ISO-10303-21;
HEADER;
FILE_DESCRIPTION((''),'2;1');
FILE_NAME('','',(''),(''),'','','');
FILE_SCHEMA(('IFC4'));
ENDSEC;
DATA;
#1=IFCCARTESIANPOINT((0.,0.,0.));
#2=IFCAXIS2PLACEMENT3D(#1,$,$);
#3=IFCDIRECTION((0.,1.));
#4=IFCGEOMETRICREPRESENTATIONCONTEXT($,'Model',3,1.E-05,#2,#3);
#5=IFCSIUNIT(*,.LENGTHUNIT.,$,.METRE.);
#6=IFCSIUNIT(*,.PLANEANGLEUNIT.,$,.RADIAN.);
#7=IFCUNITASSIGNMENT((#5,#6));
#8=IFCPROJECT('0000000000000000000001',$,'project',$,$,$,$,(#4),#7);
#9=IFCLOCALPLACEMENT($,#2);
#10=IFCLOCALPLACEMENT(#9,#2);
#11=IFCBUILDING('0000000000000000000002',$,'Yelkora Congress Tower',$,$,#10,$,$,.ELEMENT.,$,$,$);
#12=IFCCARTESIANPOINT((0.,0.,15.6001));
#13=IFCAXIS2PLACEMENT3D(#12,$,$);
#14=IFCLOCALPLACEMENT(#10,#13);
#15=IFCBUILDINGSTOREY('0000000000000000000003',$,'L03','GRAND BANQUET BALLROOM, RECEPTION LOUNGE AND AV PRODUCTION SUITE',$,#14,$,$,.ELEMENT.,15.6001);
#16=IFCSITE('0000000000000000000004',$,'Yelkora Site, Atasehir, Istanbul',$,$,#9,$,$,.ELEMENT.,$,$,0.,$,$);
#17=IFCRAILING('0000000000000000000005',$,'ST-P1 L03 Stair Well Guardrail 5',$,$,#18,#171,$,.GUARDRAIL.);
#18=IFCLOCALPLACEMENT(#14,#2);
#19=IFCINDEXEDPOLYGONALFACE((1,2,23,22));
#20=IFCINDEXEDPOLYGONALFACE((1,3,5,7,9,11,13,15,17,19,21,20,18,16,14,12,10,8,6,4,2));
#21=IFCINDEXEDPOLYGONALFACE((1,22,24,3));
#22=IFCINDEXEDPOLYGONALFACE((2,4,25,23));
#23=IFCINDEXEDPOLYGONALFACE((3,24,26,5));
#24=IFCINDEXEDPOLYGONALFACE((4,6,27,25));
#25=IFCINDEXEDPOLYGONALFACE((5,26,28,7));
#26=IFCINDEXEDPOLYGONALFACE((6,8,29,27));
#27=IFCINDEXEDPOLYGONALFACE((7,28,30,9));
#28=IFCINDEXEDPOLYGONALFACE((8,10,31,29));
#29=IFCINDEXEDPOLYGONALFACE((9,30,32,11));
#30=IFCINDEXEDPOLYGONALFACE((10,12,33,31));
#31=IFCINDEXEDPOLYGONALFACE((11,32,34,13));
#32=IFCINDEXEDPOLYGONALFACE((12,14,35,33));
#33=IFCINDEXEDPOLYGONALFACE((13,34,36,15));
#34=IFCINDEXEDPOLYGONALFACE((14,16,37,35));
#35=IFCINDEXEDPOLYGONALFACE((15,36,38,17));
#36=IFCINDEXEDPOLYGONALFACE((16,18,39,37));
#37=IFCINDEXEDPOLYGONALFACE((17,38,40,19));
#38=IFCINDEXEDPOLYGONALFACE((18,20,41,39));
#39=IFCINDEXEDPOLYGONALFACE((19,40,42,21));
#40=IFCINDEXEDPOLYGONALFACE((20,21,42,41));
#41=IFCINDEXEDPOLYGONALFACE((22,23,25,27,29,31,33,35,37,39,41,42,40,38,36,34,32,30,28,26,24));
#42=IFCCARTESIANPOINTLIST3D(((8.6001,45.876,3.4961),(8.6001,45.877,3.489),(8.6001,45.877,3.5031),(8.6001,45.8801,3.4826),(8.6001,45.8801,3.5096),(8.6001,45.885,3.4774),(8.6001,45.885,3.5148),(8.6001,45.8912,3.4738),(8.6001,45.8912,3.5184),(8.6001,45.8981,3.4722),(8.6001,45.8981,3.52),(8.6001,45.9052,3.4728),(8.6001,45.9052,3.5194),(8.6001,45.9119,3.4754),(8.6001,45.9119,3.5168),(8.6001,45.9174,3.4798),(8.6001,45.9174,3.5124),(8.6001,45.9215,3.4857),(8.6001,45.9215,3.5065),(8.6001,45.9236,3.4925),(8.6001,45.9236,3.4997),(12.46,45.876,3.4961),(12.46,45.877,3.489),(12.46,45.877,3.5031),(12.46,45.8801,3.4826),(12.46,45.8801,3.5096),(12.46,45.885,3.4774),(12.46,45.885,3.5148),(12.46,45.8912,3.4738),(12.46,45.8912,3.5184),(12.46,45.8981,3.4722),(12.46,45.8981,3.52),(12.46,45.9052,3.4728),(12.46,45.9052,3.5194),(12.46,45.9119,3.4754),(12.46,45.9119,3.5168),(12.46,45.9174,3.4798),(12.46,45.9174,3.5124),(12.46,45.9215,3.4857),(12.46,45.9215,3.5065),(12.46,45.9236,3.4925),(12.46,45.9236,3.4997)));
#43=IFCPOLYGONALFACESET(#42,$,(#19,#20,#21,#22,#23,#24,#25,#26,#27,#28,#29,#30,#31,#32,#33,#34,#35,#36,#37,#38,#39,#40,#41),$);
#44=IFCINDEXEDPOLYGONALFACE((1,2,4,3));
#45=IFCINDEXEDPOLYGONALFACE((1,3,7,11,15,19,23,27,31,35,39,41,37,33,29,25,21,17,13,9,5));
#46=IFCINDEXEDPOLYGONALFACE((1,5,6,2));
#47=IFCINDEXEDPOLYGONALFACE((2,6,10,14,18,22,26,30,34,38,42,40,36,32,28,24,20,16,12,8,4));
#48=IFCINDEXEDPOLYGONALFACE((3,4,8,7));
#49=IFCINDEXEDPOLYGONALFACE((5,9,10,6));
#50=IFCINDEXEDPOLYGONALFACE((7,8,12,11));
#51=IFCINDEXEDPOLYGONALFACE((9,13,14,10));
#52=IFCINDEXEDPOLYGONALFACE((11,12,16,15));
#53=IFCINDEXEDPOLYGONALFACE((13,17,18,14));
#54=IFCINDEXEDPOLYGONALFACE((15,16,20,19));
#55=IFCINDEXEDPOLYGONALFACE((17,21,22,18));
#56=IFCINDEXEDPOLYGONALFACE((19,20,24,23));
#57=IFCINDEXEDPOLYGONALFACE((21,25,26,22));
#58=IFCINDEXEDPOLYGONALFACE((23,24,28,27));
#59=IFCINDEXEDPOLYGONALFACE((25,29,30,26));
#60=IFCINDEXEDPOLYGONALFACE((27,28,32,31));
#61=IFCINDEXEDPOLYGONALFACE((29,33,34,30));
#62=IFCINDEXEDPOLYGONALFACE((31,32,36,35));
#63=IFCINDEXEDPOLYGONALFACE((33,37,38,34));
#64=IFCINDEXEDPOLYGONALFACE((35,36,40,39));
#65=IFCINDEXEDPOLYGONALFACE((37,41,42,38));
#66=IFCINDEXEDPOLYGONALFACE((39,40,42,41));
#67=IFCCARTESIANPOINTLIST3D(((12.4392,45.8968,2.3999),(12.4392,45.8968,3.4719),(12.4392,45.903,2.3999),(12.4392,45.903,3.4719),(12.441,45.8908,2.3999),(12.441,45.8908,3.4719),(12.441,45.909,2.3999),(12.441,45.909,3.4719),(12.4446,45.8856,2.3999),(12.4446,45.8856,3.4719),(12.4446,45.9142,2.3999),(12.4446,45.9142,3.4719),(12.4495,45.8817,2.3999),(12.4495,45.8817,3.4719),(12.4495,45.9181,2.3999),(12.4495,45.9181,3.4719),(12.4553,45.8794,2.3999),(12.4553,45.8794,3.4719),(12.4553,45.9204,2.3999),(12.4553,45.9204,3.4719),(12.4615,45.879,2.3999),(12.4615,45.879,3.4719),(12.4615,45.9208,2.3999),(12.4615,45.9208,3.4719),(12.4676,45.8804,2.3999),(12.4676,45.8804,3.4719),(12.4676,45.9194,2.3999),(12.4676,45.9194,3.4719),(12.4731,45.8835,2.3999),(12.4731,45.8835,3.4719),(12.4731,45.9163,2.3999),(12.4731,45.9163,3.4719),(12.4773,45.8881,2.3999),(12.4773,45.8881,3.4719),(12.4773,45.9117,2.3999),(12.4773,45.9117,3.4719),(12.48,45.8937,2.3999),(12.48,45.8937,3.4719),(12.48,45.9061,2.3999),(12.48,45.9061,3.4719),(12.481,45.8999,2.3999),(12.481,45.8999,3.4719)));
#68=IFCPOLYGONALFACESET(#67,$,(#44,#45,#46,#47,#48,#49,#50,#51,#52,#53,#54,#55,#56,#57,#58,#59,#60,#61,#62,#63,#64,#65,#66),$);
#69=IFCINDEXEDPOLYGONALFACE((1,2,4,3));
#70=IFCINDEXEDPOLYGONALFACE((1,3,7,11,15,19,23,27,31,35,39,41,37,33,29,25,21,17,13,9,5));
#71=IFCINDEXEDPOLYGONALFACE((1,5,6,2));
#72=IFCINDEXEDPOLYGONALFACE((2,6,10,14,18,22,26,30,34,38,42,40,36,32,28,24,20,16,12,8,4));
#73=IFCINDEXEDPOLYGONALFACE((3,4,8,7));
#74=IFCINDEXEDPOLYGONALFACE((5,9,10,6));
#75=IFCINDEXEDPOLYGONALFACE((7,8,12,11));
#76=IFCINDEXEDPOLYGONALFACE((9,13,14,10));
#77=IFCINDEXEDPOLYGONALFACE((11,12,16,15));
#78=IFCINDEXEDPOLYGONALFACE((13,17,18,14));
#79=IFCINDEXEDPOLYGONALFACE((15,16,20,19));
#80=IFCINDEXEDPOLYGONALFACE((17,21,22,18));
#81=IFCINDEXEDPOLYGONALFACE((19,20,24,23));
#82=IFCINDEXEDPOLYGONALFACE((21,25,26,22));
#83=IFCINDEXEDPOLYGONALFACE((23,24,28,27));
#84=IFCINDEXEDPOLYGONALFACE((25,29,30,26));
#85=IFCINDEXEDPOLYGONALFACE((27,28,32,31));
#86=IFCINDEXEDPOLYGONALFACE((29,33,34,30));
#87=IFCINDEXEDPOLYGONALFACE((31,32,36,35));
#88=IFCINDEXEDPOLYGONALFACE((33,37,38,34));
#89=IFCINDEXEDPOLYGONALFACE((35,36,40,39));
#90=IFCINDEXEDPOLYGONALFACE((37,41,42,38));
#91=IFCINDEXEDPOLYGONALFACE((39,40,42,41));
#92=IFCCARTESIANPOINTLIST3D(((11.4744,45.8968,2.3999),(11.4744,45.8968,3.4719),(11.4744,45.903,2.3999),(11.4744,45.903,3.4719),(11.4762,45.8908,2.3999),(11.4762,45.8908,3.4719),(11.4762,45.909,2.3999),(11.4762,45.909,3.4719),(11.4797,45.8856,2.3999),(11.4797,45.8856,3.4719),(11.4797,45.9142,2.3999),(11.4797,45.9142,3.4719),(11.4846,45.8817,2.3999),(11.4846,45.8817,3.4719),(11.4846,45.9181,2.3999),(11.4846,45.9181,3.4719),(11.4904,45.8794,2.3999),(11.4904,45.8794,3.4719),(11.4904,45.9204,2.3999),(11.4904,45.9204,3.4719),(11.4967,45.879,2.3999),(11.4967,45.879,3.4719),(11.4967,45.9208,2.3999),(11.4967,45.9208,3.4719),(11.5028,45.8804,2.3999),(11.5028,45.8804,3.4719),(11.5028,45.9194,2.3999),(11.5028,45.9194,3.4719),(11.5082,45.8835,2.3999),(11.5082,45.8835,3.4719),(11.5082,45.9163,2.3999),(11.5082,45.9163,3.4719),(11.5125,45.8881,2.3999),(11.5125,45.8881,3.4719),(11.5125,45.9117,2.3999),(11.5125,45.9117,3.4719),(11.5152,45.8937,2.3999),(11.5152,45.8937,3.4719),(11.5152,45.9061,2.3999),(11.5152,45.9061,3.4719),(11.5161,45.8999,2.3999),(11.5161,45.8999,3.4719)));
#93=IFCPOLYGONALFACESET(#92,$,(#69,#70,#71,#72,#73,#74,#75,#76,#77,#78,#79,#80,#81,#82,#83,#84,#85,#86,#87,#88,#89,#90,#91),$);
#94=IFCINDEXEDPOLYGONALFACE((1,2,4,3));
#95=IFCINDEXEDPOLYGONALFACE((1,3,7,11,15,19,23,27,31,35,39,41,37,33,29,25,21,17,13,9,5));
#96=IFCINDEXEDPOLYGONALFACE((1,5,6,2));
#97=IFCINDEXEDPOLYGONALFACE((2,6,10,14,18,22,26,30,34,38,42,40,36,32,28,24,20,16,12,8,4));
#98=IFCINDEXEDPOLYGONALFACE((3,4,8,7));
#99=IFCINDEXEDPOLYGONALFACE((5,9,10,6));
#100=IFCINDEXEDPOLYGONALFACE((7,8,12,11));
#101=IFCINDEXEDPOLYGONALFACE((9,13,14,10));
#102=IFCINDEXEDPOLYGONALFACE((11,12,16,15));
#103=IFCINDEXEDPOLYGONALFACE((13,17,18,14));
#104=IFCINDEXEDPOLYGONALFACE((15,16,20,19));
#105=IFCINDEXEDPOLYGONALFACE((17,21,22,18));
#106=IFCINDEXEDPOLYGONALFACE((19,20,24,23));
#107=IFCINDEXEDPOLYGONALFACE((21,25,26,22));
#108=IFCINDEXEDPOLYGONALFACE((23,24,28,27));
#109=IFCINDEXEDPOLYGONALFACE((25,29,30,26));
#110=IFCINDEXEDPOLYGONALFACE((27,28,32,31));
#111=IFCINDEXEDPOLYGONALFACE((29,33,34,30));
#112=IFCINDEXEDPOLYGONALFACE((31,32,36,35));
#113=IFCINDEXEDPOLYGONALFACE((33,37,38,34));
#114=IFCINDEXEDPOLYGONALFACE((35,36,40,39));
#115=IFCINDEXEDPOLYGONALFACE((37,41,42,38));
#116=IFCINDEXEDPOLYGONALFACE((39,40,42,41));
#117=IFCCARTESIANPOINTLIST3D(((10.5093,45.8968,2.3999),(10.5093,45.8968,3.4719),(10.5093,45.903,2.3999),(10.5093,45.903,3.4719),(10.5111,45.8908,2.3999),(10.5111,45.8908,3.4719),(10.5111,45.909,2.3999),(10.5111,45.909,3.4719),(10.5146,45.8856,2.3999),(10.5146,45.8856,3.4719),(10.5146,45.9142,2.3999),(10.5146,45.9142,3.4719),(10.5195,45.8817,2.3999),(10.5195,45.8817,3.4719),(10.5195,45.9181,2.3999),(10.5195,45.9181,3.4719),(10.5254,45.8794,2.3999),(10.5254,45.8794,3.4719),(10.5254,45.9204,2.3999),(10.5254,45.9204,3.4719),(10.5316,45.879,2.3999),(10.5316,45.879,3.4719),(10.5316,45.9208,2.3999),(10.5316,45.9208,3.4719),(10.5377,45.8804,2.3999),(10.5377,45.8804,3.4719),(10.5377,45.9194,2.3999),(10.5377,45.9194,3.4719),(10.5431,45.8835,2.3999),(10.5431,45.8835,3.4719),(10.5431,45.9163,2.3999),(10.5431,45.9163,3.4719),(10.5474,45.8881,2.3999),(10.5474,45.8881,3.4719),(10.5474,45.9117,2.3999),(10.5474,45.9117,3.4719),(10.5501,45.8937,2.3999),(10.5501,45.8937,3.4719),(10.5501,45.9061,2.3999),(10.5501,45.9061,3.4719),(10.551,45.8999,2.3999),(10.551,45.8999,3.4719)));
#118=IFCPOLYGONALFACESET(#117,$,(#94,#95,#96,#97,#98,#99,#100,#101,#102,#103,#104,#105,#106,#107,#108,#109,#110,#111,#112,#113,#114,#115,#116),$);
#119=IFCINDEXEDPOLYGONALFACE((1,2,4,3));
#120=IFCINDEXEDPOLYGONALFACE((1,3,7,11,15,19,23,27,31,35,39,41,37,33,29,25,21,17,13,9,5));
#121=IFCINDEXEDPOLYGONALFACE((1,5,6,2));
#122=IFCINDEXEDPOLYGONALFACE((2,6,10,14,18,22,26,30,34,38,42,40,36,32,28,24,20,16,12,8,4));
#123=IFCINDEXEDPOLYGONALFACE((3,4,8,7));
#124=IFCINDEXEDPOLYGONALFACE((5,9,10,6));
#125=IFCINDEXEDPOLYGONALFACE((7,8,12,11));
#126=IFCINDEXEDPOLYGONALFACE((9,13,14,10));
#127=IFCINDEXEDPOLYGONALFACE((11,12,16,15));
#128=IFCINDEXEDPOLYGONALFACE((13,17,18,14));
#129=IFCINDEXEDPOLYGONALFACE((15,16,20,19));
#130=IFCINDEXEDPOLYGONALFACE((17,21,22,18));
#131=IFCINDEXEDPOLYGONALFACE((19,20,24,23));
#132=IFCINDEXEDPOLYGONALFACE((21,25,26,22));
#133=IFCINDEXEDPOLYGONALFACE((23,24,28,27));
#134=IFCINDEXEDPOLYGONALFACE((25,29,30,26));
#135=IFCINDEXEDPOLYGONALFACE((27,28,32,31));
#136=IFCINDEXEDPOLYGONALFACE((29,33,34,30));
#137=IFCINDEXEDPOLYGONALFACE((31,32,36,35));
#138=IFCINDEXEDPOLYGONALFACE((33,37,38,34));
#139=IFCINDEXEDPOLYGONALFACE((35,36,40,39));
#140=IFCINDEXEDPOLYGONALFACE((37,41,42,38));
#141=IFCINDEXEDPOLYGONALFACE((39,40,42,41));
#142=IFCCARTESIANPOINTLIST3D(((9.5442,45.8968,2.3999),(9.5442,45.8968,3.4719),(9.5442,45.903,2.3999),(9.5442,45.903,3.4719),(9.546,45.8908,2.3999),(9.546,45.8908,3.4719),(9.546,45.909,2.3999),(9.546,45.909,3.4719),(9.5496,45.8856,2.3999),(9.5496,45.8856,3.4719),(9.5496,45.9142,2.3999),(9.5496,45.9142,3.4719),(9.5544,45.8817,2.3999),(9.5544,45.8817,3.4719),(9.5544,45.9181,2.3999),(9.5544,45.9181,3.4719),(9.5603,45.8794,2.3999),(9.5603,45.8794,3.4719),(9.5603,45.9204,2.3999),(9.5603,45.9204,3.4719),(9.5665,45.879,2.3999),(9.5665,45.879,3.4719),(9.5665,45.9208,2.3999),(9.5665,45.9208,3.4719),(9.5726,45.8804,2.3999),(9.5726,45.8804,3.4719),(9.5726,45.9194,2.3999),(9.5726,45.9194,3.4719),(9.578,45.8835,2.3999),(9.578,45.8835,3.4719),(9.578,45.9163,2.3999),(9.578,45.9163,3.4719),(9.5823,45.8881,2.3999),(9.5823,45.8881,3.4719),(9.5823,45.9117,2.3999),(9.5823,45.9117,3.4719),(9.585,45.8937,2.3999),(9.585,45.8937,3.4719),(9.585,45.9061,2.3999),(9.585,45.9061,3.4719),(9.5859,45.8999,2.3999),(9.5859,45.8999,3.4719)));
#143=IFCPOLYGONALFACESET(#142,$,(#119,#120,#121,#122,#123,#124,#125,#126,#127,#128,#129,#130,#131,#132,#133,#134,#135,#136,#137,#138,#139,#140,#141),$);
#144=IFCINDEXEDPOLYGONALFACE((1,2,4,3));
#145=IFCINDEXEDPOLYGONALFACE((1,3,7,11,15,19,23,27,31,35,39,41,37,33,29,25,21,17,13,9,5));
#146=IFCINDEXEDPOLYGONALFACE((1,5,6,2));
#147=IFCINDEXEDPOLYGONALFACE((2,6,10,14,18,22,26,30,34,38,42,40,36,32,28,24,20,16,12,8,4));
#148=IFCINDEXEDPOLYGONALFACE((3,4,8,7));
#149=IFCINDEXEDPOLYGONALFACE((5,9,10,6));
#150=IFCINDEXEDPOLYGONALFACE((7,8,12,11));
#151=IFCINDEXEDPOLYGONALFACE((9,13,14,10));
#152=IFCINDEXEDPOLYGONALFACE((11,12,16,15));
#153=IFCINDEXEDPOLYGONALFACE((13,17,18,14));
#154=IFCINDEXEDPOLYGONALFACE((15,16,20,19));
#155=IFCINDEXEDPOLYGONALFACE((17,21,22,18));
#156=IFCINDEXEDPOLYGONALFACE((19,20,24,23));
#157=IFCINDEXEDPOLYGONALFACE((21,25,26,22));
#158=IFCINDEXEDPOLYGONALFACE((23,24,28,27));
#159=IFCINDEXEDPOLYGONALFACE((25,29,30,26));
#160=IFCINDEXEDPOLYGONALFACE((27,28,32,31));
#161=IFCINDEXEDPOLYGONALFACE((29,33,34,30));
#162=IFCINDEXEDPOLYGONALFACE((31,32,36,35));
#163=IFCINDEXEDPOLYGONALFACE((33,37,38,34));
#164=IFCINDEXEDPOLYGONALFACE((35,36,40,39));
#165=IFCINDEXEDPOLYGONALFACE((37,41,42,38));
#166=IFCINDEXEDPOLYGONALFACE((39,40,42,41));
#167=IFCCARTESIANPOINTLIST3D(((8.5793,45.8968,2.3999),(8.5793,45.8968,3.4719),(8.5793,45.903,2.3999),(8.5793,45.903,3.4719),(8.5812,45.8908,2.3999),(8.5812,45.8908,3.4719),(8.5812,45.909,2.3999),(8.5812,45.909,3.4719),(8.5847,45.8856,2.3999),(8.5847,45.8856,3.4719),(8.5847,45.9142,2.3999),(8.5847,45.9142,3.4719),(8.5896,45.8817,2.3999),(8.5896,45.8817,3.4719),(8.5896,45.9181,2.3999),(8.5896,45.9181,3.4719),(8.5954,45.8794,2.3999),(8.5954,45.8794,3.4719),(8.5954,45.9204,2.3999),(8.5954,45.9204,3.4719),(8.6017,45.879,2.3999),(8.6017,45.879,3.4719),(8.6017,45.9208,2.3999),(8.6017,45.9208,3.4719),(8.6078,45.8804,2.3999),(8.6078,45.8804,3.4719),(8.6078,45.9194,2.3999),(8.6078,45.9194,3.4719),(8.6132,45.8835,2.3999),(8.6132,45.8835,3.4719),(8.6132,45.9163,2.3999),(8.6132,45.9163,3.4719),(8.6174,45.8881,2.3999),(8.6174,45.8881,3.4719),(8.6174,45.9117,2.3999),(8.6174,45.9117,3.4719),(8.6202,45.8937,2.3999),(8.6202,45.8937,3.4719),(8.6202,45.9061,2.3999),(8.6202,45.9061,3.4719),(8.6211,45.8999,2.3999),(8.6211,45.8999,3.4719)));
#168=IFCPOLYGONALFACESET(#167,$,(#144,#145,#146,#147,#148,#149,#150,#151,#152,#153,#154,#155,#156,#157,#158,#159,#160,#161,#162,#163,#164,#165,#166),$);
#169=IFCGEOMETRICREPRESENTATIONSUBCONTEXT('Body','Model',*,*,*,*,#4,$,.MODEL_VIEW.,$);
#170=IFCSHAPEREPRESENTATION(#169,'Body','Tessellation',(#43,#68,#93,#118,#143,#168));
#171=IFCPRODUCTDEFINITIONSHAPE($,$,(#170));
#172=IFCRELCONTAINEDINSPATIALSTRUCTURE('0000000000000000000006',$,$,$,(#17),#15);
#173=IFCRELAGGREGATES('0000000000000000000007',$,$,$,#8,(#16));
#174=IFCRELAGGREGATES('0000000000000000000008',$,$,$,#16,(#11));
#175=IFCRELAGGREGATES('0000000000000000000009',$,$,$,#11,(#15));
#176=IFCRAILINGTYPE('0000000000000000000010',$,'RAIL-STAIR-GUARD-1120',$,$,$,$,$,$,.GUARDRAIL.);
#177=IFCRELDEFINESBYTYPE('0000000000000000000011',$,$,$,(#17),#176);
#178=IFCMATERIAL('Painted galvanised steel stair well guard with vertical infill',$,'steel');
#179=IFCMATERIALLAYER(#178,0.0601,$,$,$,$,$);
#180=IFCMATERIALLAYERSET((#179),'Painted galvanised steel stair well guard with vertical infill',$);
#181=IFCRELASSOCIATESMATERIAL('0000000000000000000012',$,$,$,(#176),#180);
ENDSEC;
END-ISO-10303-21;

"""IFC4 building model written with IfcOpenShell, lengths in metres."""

from ifc_helpers import new_model, si_unit, direction, frame, origin, origin_2d, place, context, subcontext, project, spatial, circle, extrude, material, layer, layer_set, type_object, element, save


model = new_model("IFC4")

# Units and contexts
model_context = context("Model", 3, precision=1e-05, world=origin(), true_north=direction((0.0, 1.0)))
body_context = subcontext(model_context, "Body", "Model", "MODEL_VIEW")
ifc_project = project(units=[si_unit("LENGTHUNIT", "METRE"), si_unit("PLANEANGLEUNIT", "RADIAN")], contexts=[model_context])

# Site, building, storey
site_placement = place(None, origin())
site = spatial("IfcSite", under=ifc_project, at=site_placement, Name="Yelkora Site, Atasehir, Istanbul", CompositionType="ELEMENT", RefElevation=0.0)
building_placement = place(site_placement, origin())
building = spatial("IfcBuilding", under=site, at=building_placement, Name="Yelkora Congress Tower", CompositionType="ELEMENT")
storey_placement = place(building_placement, frame((0.0, 0.0, 15.6001)))
storey = spatial("IfcBuildingStorey", under=building, at=storey_placement, Name="L03", Description="GRAND BANQUET BALLROOM, RECEPTION LOUNGE AND AV PRODUCTION SUITE", CompositionType="ELEMENT", Elevation=15.6001)

# Railing
ifc_material_1 = material(Name="Painted galvanised steel stair well guard with vertical infill", Category="steel")
ifc_layer_1 = layer(ifc_material_1, 0.0601)
ifc_layer_set_1 = layer_set([ifc_layer_1], Name="Painted galvanised steel stair well guard with vertical infill")
railing_type_1 = type_object("IfcRailingType", Name="RAIL-STAIR-GUARD-1120", PredefinedType="GUARDRAIL", material=ifc_layer_set_1)
railing_1_placement = place(storey_placement, frame((12.46, 45.8999, 2.3999)))
element("IfcRailing", 1, at=railing_1_placement, inside=storey, type_object=railing_type_1, Name="ST-P1 L03 Stair Well Guardrail 5", PredefinedType="GUARDRAIL", context=body_context, shape_type="SweptSolid", body=[
    extrude(circle(Radius=0.0239, at=origin_2d()), frame((0.0, 0.0, 1.0962), z_axis=(-1.0, 0.0, 0.0), x_axis=(0.0, -1.0, 0.0)), (0.0, 0.0, 1.0), 3.8599),
    extrude(circle(Radius=0.021, at=origin_2d()), origin(), (0.0, 0.0, 1.0), 1.072),
    extrude(circle(Radius=0.021, at=origin_2d()), frame((-0.9648, 0.0, 0.0)), (0.0, 0.0, 1.0), 1.072),
    extrude(circle(Radius=0.021, at=origin_2d()), frame((-1.9299, 0.0, 0.0)), (0.0, 0.0, 1.0), 1.072),
    extrude(circle(Radius=0.021, at=origin_2d()), frame((-2.895, 0.0, 0.0)), (0.0, 0.0, 1.0), 1.072),
    extrude(circle(Radius=0.021, at=origin_2d()), frame((-3.8599, 0.0, 0.0)), (0.0, 0.0, 1.0), 1.072),
])

save(model, "model.ifc")
